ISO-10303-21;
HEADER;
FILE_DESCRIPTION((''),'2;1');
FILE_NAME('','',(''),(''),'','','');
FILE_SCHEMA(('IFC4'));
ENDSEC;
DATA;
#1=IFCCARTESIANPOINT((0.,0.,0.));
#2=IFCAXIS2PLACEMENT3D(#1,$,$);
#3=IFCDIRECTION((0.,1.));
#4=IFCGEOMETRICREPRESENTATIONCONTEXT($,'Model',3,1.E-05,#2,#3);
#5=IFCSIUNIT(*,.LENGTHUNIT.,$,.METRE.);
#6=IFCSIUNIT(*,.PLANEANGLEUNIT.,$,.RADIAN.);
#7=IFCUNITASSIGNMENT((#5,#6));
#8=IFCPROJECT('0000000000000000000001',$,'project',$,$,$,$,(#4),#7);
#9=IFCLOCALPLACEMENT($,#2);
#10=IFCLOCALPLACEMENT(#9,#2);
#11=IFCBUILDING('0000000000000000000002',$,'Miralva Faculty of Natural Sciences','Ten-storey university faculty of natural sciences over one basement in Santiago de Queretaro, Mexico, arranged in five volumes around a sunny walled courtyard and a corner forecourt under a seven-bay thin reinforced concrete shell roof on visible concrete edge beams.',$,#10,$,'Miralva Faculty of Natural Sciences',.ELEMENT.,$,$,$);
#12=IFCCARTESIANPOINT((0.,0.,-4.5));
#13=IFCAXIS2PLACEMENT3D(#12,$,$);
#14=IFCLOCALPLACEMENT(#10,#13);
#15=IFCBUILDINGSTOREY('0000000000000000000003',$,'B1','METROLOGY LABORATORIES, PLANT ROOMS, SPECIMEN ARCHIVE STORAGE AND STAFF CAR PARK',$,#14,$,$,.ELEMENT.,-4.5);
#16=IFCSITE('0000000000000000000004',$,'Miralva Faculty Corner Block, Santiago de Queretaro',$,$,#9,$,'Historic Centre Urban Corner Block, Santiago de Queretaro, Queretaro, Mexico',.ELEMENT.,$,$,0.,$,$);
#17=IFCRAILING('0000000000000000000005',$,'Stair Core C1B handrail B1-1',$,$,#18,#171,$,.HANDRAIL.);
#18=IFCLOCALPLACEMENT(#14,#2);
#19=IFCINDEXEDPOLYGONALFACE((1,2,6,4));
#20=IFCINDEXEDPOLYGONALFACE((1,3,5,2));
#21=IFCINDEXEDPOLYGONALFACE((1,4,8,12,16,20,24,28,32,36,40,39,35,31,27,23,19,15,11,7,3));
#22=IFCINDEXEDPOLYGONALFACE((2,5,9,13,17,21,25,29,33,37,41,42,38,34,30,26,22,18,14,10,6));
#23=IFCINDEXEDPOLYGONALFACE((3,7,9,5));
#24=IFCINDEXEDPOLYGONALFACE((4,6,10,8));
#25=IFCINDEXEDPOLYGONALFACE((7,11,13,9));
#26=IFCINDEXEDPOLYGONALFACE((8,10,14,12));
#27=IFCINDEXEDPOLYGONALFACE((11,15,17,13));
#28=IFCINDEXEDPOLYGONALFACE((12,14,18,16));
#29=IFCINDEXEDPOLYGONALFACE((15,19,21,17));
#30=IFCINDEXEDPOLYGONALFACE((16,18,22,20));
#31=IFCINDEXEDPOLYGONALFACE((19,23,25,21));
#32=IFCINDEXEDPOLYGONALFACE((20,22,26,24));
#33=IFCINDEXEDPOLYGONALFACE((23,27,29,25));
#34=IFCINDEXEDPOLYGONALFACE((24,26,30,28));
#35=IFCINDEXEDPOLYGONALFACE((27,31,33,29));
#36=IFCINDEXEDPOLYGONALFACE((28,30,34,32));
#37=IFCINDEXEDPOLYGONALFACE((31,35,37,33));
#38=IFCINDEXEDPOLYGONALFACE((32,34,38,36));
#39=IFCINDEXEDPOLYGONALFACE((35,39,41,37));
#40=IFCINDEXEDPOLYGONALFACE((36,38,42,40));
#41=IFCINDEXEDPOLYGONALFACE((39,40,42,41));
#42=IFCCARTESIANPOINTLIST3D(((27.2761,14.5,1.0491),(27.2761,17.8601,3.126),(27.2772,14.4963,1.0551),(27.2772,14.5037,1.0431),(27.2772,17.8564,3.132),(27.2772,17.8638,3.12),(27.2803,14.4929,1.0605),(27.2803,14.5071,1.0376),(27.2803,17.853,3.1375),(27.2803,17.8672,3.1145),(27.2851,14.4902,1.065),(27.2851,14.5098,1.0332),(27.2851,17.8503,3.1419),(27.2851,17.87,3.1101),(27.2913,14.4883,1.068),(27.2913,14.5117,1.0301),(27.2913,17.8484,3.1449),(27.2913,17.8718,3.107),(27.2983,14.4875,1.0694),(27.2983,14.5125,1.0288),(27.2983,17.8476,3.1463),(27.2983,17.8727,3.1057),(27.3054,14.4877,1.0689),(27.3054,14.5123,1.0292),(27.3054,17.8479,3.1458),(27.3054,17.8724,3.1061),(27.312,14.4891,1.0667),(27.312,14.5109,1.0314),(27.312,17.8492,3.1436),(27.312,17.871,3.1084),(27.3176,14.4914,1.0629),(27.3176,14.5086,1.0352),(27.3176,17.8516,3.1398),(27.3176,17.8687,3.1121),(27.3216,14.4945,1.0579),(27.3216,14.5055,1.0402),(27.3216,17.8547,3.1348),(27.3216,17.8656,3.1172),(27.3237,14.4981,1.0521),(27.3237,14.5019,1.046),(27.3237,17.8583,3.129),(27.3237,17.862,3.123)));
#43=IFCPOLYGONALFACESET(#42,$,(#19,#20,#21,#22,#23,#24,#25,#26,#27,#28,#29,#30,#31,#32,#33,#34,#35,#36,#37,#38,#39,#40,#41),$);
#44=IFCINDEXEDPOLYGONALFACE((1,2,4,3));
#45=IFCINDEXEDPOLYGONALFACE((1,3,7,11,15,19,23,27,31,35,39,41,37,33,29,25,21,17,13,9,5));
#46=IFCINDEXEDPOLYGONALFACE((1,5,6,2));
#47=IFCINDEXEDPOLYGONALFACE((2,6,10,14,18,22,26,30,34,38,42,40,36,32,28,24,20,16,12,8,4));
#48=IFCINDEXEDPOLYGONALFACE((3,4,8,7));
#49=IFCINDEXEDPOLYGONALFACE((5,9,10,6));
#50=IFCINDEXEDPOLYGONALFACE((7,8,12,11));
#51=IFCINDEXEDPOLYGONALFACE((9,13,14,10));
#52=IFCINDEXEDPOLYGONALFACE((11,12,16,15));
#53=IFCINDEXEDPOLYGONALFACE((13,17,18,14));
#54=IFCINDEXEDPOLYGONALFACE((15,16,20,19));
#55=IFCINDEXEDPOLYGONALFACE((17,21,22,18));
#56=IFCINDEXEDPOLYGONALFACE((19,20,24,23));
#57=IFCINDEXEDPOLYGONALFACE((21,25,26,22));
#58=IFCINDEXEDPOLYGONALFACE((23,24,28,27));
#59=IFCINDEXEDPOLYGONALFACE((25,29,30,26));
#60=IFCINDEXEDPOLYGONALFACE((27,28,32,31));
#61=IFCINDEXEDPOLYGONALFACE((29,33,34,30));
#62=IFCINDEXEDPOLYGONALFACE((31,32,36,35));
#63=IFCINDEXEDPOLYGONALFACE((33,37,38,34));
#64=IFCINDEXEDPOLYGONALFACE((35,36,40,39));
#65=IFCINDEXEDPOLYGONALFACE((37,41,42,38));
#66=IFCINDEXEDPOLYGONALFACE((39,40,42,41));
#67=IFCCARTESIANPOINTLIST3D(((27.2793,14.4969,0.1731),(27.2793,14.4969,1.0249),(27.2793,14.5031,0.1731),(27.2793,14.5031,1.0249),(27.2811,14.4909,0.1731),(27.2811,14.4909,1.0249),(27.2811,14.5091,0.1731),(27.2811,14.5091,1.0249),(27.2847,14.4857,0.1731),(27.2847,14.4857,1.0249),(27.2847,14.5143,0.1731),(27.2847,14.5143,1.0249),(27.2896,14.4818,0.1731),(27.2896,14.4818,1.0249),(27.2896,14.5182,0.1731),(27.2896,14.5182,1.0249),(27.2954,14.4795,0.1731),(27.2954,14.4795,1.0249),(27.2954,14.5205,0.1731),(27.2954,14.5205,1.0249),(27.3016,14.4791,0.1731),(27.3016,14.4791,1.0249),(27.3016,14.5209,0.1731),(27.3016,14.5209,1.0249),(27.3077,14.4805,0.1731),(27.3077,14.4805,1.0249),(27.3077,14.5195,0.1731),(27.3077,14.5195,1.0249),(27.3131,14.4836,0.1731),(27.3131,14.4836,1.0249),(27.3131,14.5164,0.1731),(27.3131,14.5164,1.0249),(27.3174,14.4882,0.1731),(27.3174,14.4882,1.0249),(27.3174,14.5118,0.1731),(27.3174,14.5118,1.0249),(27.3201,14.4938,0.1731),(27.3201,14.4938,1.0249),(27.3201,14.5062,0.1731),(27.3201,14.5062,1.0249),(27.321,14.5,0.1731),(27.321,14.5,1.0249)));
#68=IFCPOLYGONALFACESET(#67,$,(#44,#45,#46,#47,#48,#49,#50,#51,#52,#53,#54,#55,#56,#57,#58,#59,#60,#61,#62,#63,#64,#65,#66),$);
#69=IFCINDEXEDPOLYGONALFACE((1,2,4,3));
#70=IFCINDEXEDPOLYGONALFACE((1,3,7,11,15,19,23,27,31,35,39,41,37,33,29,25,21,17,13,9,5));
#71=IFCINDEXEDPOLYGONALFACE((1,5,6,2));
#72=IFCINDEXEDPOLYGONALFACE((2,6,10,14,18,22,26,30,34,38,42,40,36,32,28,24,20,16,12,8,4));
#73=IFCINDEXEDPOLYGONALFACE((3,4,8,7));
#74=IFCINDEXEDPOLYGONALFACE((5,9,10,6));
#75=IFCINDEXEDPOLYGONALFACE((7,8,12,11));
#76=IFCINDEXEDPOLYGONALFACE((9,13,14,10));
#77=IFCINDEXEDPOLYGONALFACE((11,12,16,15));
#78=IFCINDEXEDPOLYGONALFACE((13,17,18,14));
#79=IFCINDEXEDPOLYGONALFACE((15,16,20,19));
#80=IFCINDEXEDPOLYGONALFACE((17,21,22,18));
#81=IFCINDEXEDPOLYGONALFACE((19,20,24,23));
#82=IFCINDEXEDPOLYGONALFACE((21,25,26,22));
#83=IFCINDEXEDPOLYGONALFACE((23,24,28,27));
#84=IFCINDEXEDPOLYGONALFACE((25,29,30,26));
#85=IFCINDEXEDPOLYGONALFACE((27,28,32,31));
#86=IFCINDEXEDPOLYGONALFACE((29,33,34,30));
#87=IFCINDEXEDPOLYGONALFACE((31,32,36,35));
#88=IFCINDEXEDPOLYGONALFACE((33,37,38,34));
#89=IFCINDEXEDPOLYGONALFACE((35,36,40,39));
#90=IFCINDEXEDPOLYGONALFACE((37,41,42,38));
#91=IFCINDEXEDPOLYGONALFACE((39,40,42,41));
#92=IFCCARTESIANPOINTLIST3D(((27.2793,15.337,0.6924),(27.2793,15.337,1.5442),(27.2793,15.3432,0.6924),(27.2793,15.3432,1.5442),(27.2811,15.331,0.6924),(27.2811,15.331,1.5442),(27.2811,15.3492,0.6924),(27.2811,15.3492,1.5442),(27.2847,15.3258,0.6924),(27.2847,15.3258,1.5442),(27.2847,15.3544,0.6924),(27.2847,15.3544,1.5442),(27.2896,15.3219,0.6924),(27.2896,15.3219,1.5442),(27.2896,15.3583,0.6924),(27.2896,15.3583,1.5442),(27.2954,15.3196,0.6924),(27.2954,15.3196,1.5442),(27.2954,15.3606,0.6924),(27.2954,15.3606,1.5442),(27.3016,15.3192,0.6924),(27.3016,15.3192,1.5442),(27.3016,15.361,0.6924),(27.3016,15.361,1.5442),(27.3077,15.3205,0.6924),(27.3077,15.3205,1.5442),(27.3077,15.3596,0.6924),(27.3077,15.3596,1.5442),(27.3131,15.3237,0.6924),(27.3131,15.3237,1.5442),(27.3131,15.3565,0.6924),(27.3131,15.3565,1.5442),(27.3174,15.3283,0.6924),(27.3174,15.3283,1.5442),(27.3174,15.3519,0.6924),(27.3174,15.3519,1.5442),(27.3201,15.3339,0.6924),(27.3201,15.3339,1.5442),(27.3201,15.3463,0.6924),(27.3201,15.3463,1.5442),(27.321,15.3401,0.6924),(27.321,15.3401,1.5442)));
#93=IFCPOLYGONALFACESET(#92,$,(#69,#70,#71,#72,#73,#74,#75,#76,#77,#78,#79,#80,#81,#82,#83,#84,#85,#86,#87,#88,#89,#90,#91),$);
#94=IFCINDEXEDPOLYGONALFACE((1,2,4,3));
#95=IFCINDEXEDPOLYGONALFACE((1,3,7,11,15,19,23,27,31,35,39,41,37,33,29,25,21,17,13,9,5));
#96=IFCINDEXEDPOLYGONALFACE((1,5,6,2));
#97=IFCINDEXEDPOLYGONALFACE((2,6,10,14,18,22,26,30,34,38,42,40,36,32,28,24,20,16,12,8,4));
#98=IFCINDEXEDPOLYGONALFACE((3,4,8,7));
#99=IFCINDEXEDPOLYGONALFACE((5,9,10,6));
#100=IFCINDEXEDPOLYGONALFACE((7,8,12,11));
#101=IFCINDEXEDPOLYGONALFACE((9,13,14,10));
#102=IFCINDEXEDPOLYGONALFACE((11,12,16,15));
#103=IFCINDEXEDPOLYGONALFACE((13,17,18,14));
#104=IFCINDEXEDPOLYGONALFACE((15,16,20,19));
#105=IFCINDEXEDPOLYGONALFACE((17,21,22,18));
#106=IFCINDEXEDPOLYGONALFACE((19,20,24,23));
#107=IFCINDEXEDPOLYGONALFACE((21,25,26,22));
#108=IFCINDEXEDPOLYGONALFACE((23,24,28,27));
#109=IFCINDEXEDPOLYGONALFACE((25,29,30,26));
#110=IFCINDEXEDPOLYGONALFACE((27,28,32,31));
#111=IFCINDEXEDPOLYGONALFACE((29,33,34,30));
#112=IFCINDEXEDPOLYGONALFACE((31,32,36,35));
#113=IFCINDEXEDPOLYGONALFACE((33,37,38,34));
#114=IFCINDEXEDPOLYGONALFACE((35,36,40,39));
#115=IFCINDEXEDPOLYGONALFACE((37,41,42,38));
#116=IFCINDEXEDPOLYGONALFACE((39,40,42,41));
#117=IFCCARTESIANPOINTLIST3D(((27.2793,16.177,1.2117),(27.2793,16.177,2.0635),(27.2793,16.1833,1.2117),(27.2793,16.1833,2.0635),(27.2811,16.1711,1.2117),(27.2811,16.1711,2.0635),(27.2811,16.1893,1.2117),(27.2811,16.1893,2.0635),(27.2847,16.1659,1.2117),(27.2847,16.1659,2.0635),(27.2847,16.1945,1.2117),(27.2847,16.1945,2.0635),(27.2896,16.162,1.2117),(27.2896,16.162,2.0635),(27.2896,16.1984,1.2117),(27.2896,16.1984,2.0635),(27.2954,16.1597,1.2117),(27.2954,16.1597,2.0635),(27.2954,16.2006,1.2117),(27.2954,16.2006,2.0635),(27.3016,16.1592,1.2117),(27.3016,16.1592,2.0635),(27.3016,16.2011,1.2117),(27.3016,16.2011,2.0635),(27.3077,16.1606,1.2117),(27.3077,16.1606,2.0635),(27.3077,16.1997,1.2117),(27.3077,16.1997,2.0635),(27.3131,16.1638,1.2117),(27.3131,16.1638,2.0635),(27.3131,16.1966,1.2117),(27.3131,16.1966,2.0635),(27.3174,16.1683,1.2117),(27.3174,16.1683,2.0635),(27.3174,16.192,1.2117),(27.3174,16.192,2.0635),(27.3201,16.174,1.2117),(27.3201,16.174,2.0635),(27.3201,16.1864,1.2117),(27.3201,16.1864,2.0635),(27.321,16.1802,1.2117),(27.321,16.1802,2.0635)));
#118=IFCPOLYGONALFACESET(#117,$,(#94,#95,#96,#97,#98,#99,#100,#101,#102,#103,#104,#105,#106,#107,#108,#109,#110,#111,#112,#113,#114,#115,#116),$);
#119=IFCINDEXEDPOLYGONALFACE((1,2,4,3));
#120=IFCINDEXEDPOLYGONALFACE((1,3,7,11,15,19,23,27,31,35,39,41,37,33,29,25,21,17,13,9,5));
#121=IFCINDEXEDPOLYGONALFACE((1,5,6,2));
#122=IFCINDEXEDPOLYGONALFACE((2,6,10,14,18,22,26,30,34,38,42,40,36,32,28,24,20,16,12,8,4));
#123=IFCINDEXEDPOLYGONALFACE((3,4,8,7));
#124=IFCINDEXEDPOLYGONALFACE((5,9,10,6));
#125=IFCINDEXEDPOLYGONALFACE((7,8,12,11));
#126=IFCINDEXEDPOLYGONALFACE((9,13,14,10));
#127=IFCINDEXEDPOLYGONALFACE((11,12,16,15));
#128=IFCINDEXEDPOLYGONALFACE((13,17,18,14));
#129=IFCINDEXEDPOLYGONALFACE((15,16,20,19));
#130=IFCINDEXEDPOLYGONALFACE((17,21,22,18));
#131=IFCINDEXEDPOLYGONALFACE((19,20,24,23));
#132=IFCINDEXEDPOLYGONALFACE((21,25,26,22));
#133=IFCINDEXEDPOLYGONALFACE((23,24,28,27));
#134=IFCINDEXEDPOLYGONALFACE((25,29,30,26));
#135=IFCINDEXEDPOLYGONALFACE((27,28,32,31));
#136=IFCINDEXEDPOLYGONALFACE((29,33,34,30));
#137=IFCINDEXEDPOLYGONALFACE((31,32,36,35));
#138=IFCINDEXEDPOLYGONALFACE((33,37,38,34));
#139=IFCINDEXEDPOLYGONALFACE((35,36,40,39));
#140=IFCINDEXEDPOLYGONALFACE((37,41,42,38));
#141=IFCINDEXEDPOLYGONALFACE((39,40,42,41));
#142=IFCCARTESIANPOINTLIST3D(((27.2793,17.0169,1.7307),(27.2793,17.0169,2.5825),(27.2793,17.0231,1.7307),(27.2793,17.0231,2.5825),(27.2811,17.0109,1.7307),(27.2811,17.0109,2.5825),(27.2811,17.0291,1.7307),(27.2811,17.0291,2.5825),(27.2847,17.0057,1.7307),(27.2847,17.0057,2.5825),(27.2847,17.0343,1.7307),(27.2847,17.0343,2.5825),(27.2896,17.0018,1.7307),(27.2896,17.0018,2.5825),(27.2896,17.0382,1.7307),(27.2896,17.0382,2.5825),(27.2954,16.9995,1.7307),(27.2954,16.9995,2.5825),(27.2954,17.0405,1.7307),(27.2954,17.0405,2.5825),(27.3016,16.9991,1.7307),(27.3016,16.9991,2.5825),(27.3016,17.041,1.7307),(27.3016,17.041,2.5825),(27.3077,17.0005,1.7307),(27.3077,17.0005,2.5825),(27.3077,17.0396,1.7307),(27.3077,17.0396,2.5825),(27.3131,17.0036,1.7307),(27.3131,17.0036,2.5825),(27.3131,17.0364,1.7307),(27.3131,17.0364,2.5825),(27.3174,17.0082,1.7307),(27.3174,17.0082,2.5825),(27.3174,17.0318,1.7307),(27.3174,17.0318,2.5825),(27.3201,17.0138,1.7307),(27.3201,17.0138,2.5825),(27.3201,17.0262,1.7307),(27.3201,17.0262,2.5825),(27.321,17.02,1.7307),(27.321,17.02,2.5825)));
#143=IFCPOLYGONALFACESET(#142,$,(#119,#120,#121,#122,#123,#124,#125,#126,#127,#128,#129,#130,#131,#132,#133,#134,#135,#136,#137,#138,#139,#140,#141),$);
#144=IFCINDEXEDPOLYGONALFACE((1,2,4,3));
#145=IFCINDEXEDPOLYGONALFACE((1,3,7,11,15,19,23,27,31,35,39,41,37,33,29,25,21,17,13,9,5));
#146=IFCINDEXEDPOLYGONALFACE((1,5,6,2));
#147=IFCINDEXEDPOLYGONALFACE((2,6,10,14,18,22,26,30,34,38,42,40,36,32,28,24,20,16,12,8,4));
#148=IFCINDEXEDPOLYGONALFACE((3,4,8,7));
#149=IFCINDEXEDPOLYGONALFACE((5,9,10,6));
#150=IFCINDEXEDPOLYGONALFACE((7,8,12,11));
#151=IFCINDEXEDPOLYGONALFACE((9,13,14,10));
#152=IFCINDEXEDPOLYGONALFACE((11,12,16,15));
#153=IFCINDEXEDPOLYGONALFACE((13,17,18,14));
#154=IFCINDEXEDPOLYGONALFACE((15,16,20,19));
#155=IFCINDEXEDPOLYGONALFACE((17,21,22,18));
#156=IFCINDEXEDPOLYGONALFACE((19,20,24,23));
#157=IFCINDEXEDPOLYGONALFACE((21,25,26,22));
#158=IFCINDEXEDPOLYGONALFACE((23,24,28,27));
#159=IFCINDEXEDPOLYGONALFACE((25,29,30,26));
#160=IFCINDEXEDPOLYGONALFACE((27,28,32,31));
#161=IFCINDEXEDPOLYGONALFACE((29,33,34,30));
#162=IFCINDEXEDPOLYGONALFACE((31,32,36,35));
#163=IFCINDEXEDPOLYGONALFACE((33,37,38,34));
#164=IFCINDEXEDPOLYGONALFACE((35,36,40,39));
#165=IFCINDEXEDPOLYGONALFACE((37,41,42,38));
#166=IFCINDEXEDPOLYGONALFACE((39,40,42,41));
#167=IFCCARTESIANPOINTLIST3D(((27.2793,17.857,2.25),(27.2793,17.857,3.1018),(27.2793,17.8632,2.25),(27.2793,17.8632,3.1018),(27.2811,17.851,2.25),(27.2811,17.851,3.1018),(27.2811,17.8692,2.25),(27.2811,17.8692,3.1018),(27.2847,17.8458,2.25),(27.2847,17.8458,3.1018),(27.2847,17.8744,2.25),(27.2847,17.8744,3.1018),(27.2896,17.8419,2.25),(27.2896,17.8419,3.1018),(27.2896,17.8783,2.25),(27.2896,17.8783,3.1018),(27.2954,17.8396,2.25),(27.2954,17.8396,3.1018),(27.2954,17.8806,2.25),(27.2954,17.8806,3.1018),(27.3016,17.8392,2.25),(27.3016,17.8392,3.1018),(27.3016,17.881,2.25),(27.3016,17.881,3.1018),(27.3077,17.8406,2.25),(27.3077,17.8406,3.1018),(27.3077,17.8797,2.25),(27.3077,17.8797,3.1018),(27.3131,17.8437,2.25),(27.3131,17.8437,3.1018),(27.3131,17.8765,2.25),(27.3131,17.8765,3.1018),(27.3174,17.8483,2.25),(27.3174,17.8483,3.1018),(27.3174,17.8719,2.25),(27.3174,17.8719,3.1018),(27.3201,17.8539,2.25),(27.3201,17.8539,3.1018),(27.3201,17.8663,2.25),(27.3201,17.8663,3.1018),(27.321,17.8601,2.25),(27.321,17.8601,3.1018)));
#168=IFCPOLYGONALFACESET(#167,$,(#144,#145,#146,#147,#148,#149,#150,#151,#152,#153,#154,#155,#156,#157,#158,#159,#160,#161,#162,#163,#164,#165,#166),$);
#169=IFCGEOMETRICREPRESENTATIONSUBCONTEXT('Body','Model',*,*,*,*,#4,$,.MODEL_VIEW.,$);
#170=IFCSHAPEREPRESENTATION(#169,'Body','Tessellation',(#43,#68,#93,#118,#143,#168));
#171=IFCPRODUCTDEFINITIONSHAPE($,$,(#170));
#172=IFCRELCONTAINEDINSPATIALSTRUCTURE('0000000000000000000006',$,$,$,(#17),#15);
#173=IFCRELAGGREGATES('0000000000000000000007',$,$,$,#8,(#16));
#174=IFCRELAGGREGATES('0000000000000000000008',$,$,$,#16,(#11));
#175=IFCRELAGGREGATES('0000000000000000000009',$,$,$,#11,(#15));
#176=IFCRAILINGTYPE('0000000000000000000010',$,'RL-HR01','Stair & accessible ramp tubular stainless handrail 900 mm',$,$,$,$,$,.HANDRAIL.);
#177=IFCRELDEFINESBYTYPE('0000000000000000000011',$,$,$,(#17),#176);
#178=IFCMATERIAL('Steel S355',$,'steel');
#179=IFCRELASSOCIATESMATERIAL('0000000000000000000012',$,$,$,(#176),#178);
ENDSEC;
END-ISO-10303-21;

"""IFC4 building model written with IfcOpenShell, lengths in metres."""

from ifc_helpers import new_model, si_unit, direction, frame, origin, origin_2d, place, context, subcontext, project, spatial, circle, extrude, material, type_object, element, save


model = new_model("IFC4")

# Units and contexts
model_context = context("Model", 3, precision=1e-05, world=origin(), true_north=direction((0.0, 1.0)))
body_context = subcontext(model_context, "Body", "Model", "MODEL_VIEW")
ifc_project = project(units=[si_unit("LENGTHUNIT", "METRE"), si_unit("PLANEANGLEUNIT", "RADIAN")], contexts=[model_context])

# Site, building, storey
site_placement = place(None, origin())
site = spatial("IfcSite", under=ifc_project, at=site_placement, Name="Miralva Faculty Corner Block, Santiago de Queretaro", LongName="Historic Centre Urban Corner Block, Santiago de Queretaro, Queretaro, Mexico", CompositionType="ELEMENT", RefElevation=0.0)
building_placement = place(site_placement, origin())
building = spatial("IfcBuilding", under=site, at=building_placement, Name="Miralva Faculty of Natural Sciences", Description="Ten-storey university faculty of natural sciences over one basement in Santiago de Queretaro, Mexico, arranged in five volumes around a sunny walled courtyard and a corner forecourt under a seven-bay thin reinforced concrete shell roof on visible concrete edge beams.", LongName="Miralva Faculty of Natural Sciences", CompositionType="ELEMENT")
storey_placement = place(building_placement, frame((0.0, 0.0, -4.5)))
storey = spatial("IfcBuildingStorey", under=building, at=storey_placement, Name="B1", Description="METROLOGY LABORATORIES, PLANT ROOMS, SPECIMEN ARCHIVE STORAGE AND STAFF CAR PARK", CompositionType="ELEMENT", Elevation=-4.5)

# Railing
ifc_material_1 = material(Name="Steel S355", Category="steel")
railing_type_1 = type_object("IfcRailingType", Name="RL-HR01", Description="Stair & accessible ramp tubular stainless handrail 900 mm", PredefinedType="HANDRAIL", material=ifc_material_1)
railing_1_placement = place(storey_placement, frame((27.3, 14.5, 0.1731)))
element("IfcRailing", 1, at=railing_1_placement, inside=storey, type_object=railing_type_1, Name="Stair Core C1B handrail B1-1", PredefinedType="HANDRAIL", context=body_context, shape_type="SweptSolid", body=[
    extrude(circle(Radius=0.0239, at=origin_2d()), frame((0.0, 0.0, 0.876), z_axis=(0.0, 0.850623, 0.525776), x_axis=(-1.0, 0.0, 0.0)), (0.0, 0.0, 1.0), 3.9502),
    extrude(circle(Radius=0.021, at=origin_2d()), origin(), (0.0, 0.0, 1.0), 0.8518),
    extrude(circle(Radius=0.021, at=origin_2d()), frame((0.0, 0.8401, 0.5193)), (0.0, 0.0, 1.0), 0.8518),
    extrude(circle(Radius=0.021, at=origin_2d()), frame((0.0, 1.6802, 1.0386)), (0.0, 0.0, 1.0), 0.8518),
    extrude(circle(Radius=0.021, at=origin_2d()), frame((0.0, 2.52, 1.5576)), (0.0, 0.0, 1.0), 0.8518),
    extrude(circle(Radius=0.021, at=origin_2d()), frame((0.0, 3.3601, 2.0769)), (0.0, 0.0, 1.0), 0.8518),
])

save(model, "model.ifc")
